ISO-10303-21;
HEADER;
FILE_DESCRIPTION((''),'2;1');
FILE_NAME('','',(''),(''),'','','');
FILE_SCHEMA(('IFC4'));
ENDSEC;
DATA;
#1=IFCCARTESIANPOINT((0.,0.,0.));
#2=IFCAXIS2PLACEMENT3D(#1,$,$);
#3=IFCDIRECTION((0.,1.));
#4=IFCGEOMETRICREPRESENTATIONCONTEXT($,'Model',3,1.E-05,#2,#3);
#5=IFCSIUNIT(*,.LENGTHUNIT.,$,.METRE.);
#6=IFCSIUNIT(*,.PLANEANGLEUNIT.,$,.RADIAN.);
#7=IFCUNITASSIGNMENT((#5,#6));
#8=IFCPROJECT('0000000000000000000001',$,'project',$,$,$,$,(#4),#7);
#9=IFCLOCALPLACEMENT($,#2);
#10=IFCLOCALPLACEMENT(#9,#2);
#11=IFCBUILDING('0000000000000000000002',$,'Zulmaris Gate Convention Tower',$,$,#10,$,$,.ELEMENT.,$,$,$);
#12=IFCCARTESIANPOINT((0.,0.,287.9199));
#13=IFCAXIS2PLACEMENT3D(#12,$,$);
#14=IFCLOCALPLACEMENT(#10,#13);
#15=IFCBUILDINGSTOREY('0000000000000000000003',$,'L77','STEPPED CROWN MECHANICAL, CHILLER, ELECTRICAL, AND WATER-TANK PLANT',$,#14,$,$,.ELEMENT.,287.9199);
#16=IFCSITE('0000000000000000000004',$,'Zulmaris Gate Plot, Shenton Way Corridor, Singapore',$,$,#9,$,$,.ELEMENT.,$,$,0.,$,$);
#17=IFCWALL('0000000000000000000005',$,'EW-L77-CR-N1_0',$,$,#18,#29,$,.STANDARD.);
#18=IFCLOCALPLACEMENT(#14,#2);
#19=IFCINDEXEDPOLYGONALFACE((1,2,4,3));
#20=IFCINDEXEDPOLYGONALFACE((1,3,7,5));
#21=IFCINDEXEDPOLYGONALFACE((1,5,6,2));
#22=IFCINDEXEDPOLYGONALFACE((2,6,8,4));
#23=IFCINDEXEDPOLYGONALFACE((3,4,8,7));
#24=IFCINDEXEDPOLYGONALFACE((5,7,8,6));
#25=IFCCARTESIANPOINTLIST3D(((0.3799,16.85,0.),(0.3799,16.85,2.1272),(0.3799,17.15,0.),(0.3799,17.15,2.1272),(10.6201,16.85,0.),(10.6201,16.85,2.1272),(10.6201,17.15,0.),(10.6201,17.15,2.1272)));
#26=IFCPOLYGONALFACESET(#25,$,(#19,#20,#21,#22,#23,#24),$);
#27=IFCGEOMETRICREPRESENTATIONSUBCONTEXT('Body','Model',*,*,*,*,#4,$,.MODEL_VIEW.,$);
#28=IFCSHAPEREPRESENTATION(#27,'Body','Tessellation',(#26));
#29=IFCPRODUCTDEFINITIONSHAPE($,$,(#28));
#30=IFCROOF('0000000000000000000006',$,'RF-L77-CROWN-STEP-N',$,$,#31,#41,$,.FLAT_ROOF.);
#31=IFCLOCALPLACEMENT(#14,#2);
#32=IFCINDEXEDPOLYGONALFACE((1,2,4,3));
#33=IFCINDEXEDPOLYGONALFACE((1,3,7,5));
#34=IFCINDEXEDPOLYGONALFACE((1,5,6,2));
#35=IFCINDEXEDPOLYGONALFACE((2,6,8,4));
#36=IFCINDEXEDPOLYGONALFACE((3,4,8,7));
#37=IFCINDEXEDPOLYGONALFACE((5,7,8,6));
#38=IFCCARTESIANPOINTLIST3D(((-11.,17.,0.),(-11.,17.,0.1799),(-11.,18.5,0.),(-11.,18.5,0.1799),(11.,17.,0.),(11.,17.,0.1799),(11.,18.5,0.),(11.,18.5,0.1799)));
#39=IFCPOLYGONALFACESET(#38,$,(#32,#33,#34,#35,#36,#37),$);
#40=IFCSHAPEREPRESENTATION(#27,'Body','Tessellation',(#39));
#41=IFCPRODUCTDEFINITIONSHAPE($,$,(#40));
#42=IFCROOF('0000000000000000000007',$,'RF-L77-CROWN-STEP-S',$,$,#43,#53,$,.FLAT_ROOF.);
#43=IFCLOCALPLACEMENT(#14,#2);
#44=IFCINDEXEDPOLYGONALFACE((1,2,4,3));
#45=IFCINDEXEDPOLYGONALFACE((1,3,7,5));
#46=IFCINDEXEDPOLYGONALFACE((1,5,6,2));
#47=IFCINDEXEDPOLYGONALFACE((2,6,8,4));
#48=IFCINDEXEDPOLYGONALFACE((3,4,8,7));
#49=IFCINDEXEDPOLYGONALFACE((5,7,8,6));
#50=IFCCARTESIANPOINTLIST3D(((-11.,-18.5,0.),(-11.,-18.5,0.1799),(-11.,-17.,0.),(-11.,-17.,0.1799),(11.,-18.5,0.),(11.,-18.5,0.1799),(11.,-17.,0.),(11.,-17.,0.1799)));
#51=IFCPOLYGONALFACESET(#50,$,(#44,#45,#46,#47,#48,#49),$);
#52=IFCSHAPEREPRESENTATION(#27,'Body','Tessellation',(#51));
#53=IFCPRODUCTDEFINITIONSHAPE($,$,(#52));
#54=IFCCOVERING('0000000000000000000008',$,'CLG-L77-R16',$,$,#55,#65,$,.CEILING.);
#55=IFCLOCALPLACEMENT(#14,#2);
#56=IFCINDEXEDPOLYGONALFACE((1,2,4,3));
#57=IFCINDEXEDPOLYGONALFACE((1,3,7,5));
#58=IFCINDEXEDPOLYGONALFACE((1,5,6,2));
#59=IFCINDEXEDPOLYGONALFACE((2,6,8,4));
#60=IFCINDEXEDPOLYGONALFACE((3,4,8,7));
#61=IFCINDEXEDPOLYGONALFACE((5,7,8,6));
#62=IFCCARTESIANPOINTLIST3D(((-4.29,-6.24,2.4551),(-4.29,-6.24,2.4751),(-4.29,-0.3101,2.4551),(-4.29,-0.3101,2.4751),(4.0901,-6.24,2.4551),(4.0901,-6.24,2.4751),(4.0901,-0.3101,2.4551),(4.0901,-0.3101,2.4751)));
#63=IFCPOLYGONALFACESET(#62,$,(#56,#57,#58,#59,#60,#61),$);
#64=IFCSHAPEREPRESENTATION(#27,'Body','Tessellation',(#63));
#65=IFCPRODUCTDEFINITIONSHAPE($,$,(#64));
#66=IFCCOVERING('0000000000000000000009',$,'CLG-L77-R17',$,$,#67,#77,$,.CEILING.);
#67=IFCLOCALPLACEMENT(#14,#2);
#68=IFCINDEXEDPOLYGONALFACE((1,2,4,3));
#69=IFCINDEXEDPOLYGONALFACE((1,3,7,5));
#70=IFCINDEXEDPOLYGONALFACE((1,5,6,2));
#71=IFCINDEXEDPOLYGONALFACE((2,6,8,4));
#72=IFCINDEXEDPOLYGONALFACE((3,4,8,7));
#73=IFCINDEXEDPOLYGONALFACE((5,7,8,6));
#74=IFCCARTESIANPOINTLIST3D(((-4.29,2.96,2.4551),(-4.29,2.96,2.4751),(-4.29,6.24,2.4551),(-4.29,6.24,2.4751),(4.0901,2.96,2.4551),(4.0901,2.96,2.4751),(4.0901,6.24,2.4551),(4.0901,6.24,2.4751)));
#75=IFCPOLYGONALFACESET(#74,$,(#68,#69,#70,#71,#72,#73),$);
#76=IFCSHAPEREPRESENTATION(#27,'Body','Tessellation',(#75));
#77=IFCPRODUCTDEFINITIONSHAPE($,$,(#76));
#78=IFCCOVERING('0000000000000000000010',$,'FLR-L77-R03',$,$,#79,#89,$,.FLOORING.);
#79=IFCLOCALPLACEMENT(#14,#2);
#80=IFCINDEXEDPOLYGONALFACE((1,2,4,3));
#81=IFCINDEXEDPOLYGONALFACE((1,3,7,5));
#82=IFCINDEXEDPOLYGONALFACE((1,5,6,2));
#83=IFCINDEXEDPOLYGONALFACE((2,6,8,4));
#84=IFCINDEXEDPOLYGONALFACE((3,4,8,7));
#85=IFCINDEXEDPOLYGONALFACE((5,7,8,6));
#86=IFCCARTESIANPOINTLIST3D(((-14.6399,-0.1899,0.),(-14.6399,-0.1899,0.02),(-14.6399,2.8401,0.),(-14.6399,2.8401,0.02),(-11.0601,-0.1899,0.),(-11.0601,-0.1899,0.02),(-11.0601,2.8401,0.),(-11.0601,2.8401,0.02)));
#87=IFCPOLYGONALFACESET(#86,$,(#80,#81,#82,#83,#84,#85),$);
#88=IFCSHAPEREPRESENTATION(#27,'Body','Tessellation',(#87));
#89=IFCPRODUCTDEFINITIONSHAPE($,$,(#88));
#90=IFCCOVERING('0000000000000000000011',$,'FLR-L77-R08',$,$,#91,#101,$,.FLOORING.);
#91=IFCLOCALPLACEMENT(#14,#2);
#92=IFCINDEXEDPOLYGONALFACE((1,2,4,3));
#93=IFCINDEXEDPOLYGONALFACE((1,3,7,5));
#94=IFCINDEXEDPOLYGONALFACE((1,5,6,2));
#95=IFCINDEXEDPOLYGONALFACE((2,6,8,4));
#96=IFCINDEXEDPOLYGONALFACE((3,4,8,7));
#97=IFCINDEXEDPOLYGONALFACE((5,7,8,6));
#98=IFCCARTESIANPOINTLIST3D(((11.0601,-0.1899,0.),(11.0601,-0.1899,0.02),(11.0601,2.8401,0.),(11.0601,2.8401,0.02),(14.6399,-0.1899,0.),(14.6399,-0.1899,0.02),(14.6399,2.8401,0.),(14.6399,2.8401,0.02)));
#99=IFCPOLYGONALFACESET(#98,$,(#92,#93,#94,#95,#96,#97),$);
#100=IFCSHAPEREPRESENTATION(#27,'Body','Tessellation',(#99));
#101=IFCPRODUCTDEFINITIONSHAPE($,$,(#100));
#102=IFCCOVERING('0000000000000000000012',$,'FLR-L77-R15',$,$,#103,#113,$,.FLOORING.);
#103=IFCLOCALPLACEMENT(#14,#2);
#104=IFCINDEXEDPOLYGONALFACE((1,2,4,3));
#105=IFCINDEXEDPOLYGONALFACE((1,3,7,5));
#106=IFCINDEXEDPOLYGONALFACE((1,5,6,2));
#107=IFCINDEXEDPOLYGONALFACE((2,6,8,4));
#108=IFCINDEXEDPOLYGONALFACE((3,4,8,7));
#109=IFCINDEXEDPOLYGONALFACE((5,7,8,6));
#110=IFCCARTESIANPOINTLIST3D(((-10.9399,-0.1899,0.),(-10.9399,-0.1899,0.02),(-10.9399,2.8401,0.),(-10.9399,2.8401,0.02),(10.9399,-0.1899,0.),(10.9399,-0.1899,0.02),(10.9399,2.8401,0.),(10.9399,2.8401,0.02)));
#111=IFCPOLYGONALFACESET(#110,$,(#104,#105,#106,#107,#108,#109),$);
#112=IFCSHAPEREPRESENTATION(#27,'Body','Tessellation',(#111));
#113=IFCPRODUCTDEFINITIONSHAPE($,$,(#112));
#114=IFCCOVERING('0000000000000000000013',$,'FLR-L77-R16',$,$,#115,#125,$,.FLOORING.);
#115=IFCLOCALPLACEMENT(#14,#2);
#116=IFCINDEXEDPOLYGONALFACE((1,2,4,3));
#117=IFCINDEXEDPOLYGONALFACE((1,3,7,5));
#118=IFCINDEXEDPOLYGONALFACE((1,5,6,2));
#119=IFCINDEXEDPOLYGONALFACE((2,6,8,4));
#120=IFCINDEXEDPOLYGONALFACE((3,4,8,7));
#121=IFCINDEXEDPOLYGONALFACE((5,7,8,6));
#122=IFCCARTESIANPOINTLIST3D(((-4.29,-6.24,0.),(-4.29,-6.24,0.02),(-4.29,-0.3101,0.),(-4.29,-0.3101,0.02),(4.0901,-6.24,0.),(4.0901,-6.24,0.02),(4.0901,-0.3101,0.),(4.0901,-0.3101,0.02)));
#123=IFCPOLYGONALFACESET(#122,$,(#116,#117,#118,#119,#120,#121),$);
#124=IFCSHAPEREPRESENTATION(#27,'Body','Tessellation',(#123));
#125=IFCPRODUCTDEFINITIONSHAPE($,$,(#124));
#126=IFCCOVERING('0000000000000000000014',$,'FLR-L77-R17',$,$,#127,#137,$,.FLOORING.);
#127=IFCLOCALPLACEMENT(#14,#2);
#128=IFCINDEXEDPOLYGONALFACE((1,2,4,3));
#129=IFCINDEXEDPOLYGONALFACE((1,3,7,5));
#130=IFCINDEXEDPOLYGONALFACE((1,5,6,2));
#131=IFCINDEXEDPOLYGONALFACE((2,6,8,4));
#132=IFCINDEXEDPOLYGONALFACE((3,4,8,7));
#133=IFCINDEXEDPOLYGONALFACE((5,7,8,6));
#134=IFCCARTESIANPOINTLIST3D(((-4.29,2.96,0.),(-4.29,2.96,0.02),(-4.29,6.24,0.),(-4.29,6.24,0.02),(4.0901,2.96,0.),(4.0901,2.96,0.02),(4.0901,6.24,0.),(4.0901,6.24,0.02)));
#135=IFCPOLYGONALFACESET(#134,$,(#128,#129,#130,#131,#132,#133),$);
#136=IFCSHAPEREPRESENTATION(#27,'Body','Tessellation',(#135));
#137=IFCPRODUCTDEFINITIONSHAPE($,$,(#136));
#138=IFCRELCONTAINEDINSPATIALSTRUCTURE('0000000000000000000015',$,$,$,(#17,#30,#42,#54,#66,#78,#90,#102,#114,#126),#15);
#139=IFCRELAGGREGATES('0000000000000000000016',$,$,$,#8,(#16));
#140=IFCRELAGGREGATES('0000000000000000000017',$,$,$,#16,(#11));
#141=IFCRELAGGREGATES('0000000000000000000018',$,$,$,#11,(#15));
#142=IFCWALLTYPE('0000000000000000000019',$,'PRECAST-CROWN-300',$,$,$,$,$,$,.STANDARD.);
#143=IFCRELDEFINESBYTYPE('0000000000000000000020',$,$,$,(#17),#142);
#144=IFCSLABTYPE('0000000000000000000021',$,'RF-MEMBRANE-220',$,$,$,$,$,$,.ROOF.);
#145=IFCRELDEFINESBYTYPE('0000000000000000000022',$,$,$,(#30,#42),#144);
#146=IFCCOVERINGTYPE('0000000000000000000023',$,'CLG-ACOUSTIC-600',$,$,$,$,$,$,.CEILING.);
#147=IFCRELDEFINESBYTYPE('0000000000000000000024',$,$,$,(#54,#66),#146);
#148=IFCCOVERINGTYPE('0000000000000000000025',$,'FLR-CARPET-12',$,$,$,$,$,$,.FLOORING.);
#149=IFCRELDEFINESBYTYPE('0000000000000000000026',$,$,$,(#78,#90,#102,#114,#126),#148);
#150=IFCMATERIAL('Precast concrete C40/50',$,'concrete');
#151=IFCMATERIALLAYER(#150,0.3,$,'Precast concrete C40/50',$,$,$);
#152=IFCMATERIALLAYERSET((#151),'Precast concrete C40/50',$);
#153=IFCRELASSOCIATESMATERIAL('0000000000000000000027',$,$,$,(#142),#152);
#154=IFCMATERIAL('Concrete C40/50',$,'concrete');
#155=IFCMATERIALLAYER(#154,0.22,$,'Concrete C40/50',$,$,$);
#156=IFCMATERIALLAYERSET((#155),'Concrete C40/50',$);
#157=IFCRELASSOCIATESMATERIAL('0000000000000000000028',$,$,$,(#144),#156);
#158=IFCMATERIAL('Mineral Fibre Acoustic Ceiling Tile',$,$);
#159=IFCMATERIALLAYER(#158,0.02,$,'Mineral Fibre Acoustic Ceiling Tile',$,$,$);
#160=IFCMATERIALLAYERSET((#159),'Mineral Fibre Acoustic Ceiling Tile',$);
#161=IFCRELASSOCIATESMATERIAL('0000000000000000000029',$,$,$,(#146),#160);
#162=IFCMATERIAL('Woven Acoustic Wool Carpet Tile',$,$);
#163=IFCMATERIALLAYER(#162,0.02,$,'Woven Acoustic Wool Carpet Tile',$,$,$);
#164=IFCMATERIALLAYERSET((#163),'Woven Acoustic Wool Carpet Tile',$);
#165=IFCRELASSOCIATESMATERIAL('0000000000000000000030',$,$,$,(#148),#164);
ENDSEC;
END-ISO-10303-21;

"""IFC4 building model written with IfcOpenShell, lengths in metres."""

from ifc_helpers import new_model, si_unit, direction, frame, frame_2d, origin, place, context, subcontext, project, spatial, polyline, rectangle, outline, extrude, material, layer, layer_set, type_object, element, save


model = new_model("IFC4")

# Units and contexts
model_context = context("Model", 3, precision=1e-05, world=origin(), true_north=direction((0.0, 1.0)))
body_context = subcontext(model_context, "Body", "Model", "MODEL_VIEW")
ifc_project = project(units=[si_unit("LENGTHUNIT", "METRE"), si_unit("PLANEANGLEUNIT", "RADIAN")], contexts=[model_context])

# Site, building, storey
site_placement = place(None, origin())
site = spatial("IfcSite", under=ifc_project, at=site_placement, Name="Zulmaris Gate Plot, Shenton Way Corridor, Singapore", CompositionType="ELEMENT", RefElevation=0.0)
building_placement = place(site_placement, origin())
building = spatial("IfcBuilding", under=site, at=building_placement, Name="Zulmaris Gate Convention Tower", CompositionType="ELEMENT")
storey_placement = place(building_placement, frame((0.0, 0.0, 287.9199)))
storey = spatial("IfcBuildingStorey", under=building, at=storey_placement, Name="L77", Description="STEPPED CROWN MECHANICAL, CHILLER, ELECTRICAL, AND WATER-TANK PLANT", CompositionType="ELEMENT", Elevation=287.9199)

# Wall
ifc_material_1 = material(Name="Precast concrete C40/50", Category="concrete")
ifc_layer_1 = layer(ifc_material_1, 0.3, Name="Precast concrete C40/50")
ifc_layer_set_1 = layer_set([ifc_layer_1], Name="Precast concrete C40/50")
wall_type_1 = type_object("IfcWallType", Name="PRECAST-CROWN-300", PredefinedType="STANDARD", material=ifc_layer_set_1)
wall_1_placement = place(storey_placement, frame((10.6201, 17.0, 0.0), z_axis=(0.0, 0.0, 1.0), x_axis=(-1.0, 0.0, 0.0)))
element("IfcWall", 1, at=wall_1_placement, inside=storey, type_object=wall_type_1, Name="EW-L77-CR-N1_0", PredefinedType="STANDARD", context=body_context, shape_type="SweptSolid", body=[
    extrude(rectangle(XDim=10.2402, YDim=0.3, at=frame_2d((5.1201, 0.0))), origin(), (0.0, 0.0, 1.0), 2.1272),
])

# Roofs
ifc_material_2 = material(Name="Concrete C40/50", Category="concrete")
ifc_layer_2 = layer(ifc_material_2, 0.22, Name="Concrete C40/50")
ifc_layer_set_2 = layer_set([ifc_layer_2], Name="Concrete C40/50")
slab_type = type_object("IfcSlabType", Name="RF-MEMBRANE-220", PredefinedType="ROOF", material=ifc_layer_set_2)
roof_1_placement = place(storey_placement, origin())
element("IfcRoof", 2, at=roof_1_placement, inside=storey, type_object=slab_type, Name="RF-L77-CROWN-STEP-N", PredefinedType="FLAT_ROOF", context=body_context, shape_type="SweptSolid", body=[
    extrude(outline(polyline([(-11.0, 17.0), (11.0, 17.0), (11.0, 18.5), (-11.0, 18.5), (-11.0, 17.0)])), origin(), (0.0, 0.0, 1.0), 0.1799),
])
roof_2_placement = place(storey_placement, origin())
element("IfcRoof", 3, at=roof_2_placement, inside=storey, type_object=slab_type, Name="RF-L77-CROWN-STEP-S", PredefinedType="FLAT_ROOF", context=body_context, shape_type="SweptSolid", body=[
    extrude(outline(polyline([(-11.0, -18.5), (11.0, -18.5), (11.0, -17.0), (-11.0, -17.0), (-11.0, -18.5)])), origin(), (0.0, 0.0, 1.0), 0.1799),
])

# Coverings
ifc_material_3 = material(Name="Mineral Fibre Acoustic Ceiling Tile")
ifc_layer_3 = layer(ifc_material_3, 0.02, Name="Mineral Fibre Acoustic Ceiling Tile")
ifc_layer_set_3 = layer_set([ifc_layer_3], Name="Mineral Fibre Acoustic Ceiling Tile")
covering_type_1 = type_object("IfcCoveringType", Name="CLG-ACOUSTIC-600", PredefinedType="CEILING", material=ifc_layer_set_3)
covering_1_placement = place(storey_placement, frame((0.0, 0.0, 2.4551)))
element("IfcCovering", 4, at=covering_1_placement, inside=storey, type_object=covering_type_1, Name="CLG-L77-R16", PredefinedType="CEILING", context=body_context, shape_type="SweptSolid", body=[
    extrude(outline(polyline([(-4.29, -6.24), (4.0901, -6.24), (4.0901, -0.3101), (-4.29, -0.3101), (-4.29, -6.24)])), origin(), (0.0, 0.0, 1.0), 0.02),
])
covering_2_placement = place(storey_placement, frame((0.0, 0.0, 2.4551)))
element("IfcCovering", 5, at=covering_2_placement, inside=storey, type_object=covering_type_1, Name="CLG-L77-R17", PredefinedType="CEILING", context=body_context, shape_type="SweptSolid", body=[
    extrude(outline(polyline([(-4.29, 2.96), (4.0901, 2.96), (4.0901, 6.24), (-4.29, 6.24), (-4.29, 2.96)])), origin(), (0.0, 0.0, 1.0), 0.02),
])
ifc_material_4 = material(Name="Woven Acoustic Wool Carpet Tile")
ifc_layer_4 = layer(ifc_material_4, 0.02, Name="Woven Acoustic Wool Carpet Tile")
ifc_layer_set_4 = layer_set([ifc_layer_4], Name="Woven Acoustic Wool Carpet Tile")
covering_type_2 = type_object("IfcCoveringType", Name="FLR-CARPET-12", PredefinedType="FLOORING", material=ifc_layer_set_4)
covering_3_placement = place(storey_placement, origin())
element("IfcCovering", 6, at=covering_3_placement, inside=storey, type_object=covering_type_2, Name="FLR-L77-R03", PredefinedType="FLOORING", context=body_context, shape_type="SweptSolid", body=[
    extrude(outline(polyline([(-14.6399, -0.1899), (-11.0601, -0.1899), (-11.0601, 2.8401), (-14.6399, 2.8401), (-14.6399, -0.1899)])), origin(), (0.0, 0.0, 1.0), 0.02),
])
covering_4_placement = place(storey_placement, origin())
element("IfcCovering", 7, at=covering_4_placement, inside=storey, type_object=covering_type_2, Name="FLR-L77-R08", PredefinedType="FLOORING", context=body_context, shape_type="SweptSolid", body=[
    extrude(outline(polyline([(11.0601, -0.1899), (14.6399, -0.1899), (14.6399, 2.8401), (11.0601, 2.8401), (11.0601, -0.1899)])), origin(), (0.0, 0.0, 1.0), 0.02),
])
covering_5_placement = place(storey_placement, origin())
element("IfcCovering", 8, at=covering_5_placement, inside=storey, type_object=covering_type_2, Name="FLR-L77-R15", PredefinedType="FLOORING", context=body_context, shape_type="SweptSolid", body=[
    extrude(outline(polyline([(-10.9399, -0.1899), (10.9399, -0.1899), (10.9399, 2.8401), (-10.9399, 2.8401), (-10.9399, -0.1899)])), origin(), (0.0, 0.0, 1.0), 0.02),
])
covering_6_placement = place(storey_placement, origin())
element("IfcCovering", 9, at=covering_6_placement, inside=storey, type_object=covering_type_2, Name="FLR-L77-R16", PredefinedType="FLOORING", context=body_context, shape_type="SweptSolid", body=[
    extrude(outline(polyline([(-4.29, -6.24), (4.0901, -6.24), (4.0901, -0.3101), (-4.29, -0.3101), (-4.29, -6.24)])), origin(), (0.0, 0.0, 1.0), 0.02),
])
covering_7_placement = place(storey_placement, origin())
element("IfcCovering", 10, at=covering_7_placement, inside=storey, type_object=covering_type_2, Name="FLR-L77-R17", PredefinedType="FLOORING", context=body_context, shape_type="SweptSolid", body=[
    extrude(outline(polyline([(-4.29, 2.96), (4.0901, 2.96), (4.0901, 6.24), (-4.29, 6.24), (-4.29, 2.96)])), origin(), (0.0, 0.0, 1.0), 0.02),
])

save(model, "model.ifc")
